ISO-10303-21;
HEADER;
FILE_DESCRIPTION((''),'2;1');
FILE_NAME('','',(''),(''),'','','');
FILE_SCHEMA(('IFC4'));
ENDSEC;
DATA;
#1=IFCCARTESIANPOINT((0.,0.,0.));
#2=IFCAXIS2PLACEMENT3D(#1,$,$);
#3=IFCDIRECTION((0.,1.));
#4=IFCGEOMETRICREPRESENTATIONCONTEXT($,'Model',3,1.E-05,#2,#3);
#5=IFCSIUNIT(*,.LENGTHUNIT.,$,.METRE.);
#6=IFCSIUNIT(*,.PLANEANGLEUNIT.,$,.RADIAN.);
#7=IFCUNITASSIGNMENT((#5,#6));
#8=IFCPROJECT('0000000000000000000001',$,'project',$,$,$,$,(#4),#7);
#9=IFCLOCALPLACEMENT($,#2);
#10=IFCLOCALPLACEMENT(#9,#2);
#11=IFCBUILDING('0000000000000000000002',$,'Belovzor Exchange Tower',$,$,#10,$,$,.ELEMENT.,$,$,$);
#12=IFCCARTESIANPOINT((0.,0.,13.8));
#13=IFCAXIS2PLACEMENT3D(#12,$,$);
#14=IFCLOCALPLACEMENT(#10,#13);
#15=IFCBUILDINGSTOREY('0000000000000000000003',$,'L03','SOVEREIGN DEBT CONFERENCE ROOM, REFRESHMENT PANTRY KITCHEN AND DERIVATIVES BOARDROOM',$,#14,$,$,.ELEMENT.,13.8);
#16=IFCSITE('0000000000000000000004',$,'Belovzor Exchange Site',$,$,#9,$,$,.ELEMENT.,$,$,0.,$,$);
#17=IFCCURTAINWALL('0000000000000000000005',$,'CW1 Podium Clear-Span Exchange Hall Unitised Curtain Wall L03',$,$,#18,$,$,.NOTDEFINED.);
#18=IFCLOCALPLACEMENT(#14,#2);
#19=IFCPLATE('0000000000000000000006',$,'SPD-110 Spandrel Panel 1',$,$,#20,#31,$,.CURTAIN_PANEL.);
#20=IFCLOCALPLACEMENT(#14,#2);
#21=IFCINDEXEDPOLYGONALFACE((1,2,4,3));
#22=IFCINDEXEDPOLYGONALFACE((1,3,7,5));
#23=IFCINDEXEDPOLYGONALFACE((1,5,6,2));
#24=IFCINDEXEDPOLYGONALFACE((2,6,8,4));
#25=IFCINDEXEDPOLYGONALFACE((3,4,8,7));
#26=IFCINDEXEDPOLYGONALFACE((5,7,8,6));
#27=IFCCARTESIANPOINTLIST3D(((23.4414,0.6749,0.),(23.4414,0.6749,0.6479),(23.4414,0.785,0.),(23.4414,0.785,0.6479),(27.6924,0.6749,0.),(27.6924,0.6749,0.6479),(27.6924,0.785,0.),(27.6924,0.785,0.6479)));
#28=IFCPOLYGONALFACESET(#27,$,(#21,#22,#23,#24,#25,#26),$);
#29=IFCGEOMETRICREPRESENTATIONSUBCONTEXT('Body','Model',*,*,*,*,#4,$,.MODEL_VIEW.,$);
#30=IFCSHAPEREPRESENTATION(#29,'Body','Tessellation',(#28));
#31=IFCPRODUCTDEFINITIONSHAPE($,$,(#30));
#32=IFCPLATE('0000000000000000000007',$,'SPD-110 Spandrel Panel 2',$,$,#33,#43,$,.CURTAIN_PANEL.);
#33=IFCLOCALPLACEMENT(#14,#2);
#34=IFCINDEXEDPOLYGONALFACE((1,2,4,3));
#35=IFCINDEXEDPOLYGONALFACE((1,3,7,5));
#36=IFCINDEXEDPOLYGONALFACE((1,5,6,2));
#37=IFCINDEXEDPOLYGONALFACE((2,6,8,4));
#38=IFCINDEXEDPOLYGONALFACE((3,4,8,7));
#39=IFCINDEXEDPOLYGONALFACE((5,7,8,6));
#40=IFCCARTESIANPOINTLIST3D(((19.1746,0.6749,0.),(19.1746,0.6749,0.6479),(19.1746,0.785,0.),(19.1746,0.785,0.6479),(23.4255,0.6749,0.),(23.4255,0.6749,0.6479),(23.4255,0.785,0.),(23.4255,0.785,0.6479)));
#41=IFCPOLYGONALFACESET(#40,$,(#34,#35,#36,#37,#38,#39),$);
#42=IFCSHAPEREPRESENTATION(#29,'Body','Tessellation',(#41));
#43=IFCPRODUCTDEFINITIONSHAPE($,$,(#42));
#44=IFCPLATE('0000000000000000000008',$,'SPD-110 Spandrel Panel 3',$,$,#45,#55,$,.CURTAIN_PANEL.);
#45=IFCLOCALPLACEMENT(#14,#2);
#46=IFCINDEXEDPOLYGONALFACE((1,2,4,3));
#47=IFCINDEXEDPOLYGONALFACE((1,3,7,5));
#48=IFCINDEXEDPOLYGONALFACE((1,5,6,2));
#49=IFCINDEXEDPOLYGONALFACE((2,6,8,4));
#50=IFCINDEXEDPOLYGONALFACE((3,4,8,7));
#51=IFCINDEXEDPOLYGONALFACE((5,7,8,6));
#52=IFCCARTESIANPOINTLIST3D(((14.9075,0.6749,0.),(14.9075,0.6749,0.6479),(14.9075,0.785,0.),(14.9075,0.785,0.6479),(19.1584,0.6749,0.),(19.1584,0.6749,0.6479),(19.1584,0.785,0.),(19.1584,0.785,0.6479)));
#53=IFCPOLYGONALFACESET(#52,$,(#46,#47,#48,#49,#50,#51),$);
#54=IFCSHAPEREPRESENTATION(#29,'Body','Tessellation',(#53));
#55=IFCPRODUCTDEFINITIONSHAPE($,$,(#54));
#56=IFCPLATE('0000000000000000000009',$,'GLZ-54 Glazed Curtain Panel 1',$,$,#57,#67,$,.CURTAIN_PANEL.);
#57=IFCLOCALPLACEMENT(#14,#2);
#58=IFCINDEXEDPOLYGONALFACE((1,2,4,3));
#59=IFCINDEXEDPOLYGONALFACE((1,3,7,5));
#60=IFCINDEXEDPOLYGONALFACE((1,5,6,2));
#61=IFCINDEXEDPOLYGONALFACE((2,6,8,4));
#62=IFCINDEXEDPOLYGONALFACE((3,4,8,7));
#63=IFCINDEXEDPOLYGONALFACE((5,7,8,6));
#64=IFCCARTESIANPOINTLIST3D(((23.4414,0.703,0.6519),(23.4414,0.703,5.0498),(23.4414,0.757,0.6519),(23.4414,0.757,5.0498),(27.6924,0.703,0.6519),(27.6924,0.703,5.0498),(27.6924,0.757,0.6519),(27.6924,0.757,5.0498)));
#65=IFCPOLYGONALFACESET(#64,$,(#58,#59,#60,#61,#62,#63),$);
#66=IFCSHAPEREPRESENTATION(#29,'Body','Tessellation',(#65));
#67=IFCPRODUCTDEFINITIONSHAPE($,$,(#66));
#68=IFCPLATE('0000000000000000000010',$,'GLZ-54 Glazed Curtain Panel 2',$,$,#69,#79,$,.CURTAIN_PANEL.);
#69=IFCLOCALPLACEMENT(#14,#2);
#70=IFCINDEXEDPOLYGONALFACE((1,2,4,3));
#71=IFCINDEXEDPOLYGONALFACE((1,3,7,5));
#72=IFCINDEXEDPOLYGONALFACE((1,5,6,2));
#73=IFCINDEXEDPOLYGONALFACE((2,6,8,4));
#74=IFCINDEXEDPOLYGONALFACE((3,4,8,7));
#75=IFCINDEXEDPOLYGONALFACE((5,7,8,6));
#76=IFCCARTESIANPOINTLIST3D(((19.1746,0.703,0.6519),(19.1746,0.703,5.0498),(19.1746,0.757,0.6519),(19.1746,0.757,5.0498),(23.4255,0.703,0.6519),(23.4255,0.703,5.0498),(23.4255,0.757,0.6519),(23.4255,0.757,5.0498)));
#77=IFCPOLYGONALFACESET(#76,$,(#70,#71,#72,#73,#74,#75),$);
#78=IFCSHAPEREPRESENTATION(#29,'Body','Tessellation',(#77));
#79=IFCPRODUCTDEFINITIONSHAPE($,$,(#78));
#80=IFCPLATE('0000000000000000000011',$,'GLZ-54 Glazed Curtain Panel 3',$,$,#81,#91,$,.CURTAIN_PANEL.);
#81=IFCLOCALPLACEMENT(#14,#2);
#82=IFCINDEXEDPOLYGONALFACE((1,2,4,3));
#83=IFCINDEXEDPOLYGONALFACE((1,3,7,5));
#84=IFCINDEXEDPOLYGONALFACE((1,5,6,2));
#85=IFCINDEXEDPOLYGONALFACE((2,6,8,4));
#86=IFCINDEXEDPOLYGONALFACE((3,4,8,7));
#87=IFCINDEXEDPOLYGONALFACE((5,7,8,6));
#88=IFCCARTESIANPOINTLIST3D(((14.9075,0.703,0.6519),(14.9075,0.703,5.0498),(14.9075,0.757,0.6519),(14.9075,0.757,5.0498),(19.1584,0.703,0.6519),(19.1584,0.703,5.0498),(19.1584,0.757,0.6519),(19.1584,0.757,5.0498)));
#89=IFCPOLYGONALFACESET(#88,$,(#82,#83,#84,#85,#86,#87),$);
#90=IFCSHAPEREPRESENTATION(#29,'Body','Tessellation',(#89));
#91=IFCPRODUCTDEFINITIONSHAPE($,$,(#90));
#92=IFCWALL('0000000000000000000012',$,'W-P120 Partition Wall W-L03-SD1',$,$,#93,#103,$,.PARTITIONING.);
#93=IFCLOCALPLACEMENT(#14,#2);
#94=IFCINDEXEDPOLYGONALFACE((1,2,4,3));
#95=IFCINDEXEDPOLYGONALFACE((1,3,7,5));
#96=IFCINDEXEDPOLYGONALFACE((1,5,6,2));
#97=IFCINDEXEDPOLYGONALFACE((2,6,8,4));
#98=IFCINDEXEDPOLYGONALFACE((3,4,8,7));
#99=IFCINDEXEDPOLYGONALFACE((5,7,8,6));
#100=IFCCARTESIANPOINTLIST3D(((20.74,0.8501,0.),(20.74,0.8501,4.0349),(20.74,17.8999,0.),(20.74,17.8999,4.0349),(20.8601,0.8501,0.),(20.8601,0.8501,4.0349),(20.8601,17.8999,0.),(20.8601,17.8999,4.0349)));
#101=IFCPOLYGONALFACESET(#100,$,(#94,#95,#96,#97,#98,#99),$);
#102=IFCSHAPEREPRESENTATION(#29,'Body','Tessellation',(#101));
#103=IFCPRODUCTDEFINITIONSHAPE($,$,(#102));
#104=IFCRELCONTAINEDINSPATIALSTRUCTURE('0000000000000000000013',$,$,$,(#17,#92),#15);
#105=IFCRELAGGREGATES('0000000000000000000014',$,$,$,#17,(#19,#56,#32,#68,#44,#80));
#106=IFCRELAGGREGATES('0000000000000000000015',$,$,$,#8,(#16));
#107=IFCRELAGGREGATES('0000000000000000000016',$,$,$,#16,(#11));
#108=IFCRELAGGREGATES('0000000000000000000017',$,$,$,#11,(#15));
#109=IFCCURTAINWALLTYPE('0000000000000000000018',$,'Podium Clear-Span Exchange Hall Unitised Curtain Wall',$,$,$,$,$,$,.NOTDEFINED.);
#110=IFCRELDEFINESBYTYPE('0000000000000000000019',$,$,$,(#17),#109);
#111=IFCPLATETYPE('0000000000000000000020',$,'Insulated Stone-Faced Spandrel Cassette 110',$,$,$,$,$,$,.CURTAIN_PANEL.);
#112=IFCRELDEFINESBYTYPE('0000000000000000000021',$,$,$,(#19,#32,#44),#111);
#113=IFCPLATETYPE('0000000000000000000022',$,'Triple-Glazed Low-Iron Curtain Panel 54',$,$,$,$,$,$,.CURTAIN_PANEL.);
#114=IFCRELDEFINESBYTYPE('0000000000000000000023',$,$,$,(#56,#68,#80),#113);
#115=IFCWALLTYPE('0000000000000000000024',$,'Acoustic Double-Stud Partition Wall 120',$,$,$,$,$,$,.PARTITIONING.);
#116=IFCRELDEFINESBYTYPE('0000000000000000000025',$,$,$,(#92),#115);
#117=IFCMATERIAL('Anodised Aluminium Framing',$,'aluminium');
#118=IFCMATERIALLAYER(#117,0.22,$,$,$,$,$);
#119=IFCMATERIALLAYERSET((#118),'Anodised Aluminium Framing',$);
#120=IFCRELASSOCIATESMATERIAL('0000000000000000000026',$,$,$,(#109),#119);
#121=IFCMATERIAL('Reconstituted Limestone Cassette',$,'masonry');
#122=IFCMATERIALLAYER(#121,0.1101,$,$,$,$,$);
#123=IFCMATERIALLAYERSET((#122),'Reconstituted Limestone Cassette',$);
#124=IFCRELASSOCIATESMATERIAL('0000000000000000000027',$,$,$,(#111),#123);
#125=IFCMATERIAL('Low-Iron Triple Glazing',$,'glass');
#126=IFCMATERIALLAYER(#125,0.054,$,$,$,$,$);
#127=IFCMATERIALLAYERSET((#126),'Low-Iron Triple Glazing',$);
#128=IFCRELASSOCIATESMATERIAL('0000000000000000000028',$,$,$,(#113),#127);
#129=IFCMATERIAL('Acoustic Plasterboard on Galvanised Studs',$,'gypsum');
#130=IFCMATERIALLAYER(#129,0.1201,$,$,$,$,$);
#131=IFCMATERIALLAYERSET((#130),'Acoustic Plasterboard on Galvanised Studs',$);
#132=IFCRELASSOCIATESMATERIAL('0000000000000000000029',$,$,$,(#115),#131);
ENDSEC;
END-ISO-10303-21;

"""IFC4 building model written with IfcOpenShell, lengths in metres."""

from ifc_helpers import new_model, si_unit, direction, frame, frame_2d, origin, origin_2d, place, context, subcontext, project, spatial, rectangle, extrude, material, layer, layer_set, type_object, element, aggregate, save


model = new_model("IFC4")

# Units and contexts
model_context = context("Model", 3, precision=1e-05, world=origin(), true_north=direction((0.0, 1.0)))
body_context = subcontext(model_context, "Body", "Model", "MODEL_VIEW")
ifc_project = project(units=[si_unit("LENGTHUNIT", "METRE"), si_unit("PLANEANGLEUNIT", "RADIAN")], contexts=[model_context])

# Site, building, storey
site_placement = place(None, origin())
site = spatial("IfcSite", under=ifc_project, at=site_placement, Name="Belovzor Exchange Site", CompositionType="ELEMENT", RefElevation=0.0)
building_placement = place(site_placement, origin())
building = spatial("IfcBuilding", under=site, at=building_placement, Name="Belovzor Exchange Tower", CompositionType="ELEMENT")
storey_placement = place(building_placement, frame((0.0, 0.0, 13.8)))
storey = spatial("IfcBuildingStorey", under=building, at=storey_placement, Name="L03", Description="SOVEREIGN DEBT CONFERENCE ROOM, REFRESHMENT PANTRY KITCHEN AND DERIVATIVES BOARDROOM", CompositionType="ELEMENT", Elevation=13.8)

# Curtain wall
ifc_material_1 = material(Name="Anodised Aluminium Framing", Category="aluminium")
ifc_layer_1 = layer(ifc_material_1, 0.22)
ifc_layer_set_1 = layer_set([ifc_layer_1], Name="Anodised Aluminium Framing")
curtain_wall_type = type_object("IfcCurtainWallType", Name="Podium Clear-Span Exchange Hall Unitised Curtain Wall", PredefinedType="NOTDEFINED", material=ifc_layer_set_1)
curtain_wall_placement = place(storey_placement, origin())
curtain_wall = element("IfcCurtainWall", 1, at=curtain_wall_placement, inside=storey, type_object=curtain_wall_type, Name="CW1 Podium Clear-Span Exchange Hall Unitised Curtain Wall L03", PredefinedType="NOTDEFINED")

# Plates
ifc_material_2 = material(Name="Reconstituted Limestone Cassette", Category="masonry")
ifc_layer_2 = layer(ifc_material_2, 0.1101)
ifc_layer_set_2 = layer_set([ifc_layer_2], Name="Reconstituted Limestone Cassette")
plate_type_1 = type_object("IfcPlateType", Name="Insulated Stone-Faced Spandrel Cassette 110", PredefinedType="CURTAIN_PANEL", material=ifc_layer_set_2)
plate_1_placement = place(storey_placement, frame((25.5669, 0.73, 0.0), z_axis=(0.0, 0.0, 1.0), x_axis=(-1.0, 0.0, 0.0)))
plate_1 = element("IfcPlate", 2, at=plate_1_placement, type_object=plate_type_1, Name="SPD-110 Spandrel Panel 1", PredefinedType="CURTAIN_PANEL", context=body_context, shape_type="SweptSolid", body=[
    extrude(rectangle(XDim=4.251, YDim=0.1101, at=origin_2d()), origin(), (0.0, 0.0, 1.0), 0.6479),
])
plate_2_placement = place(storey_placement, frame((21.3, 0.73, 0.0), z_axis=(0.0, 0.0, 1.0), x_axis=(-1.0, 0.0, 0.0)))
plate_2 = element("IfcPlate", 3, at=plate_2_placement, type_object=plate_type_1, Name="SPD-110 Spandrel Panel 2", PredefinedType="CURTAIN_PANEL", context=body_context, shape_type="SweptSolid", body=[
    extrude(rectangle(XDim=4.251, YDim=0.1101, at=origin_2d()), origin(), (0.0, 0.0, 1.0), 0.6479),
])
plate_3_placement = place(storey_placement, frame((17.033, 0.73, 0.0), z_axis=(0.0, 0.0, 1.0), x_axis=(-1.0, 0.0, 0.0)))
plate_3 = element("IfcPlate", 4, at=plate_3_placement, type_object=plate_type_1, Name="SPD-110 Spandrel Panel 3", PredefinedType="CURTAIN_PANEL", context=body_context, shape_type="SweptSolid", body=[
    extrude(rectangle(XDim=4.251, YDim=0.1101, at=origin_2d()), origin(), (0.0, 0.0, 1.0), 0.6479),
])
ifc_material_3 = material(Name="Low-Iron Triple Glazing", Category="glass")
ifc_layer_3 = layer(ifc_material_3, 0.054)
ifc_layer_set_3 = layer_set([ifc_layer_3], Name="Low-Iron Triple Glazing")
plate_type_2 = type_object("IfcPlateType", Name="Triple-Glazed Low-Iron Curtain Panel 54", PredefinedType="CURTAIN_PANEL", material=ifc_layer_set_3)
plate_4_placement = place(storey_placement, frame((25.5669, 0.73, 0.6519), z_axis=(0.0, 0.0, 1.0), x_axis=(-1.0, 0.0, 0.0)))
plate_4 = element("IfcPlate", 5, at=plate_4_placement, type_object=plate_type_2, Name="GLZ-54 Glazed Curtain Panel 1", PredefinedType="CURTAIN_PANEL", context=body_context, shape_type="SweptSolid", body=[
    extrude(rectangle(XDim=4.251, YDim=0.054, at=origin_2d()), origin(), (0.0, 0.0, 1.0), 4.3979),
])
plate_5_placement = place(storey_placement, frame((21.3, 0.73, 0.6519), z_axis=(0.0, 0.0, 1.0), x_axis=(-1.0, 0.0, 0.0)))
plate_5 = element("IfcPlate", 6, at=plate_5_placement, type_object=plate_type_2, Name="GLZ-54 Glazed Curtain Panel 2", PredefinedType="CURTAIN_PANEL", context=body_context, shape_type="SweptSolid", body=[
    extrude(rectangle(XDim=4.251, YDim=0.054, at=origin_2d()), origin(), (0.0, 0.0, 1.0), 4.3979),
])
plate_6_placement = place(storey_placement, frame((17.033, 0.73, 0.6519), z_axis=(0.0, 0.0, 1.0), x_axis=(-1.0, 0.0, 0.0)))
plate_6 = element("IfcPlate", 7, at=plate_6_placement, type_object=plate_type_2, Name="GLZ-54 Glazed Curtain Panel 3", PredefinedType="CURTAIN_PANEL", context=body_context, shape_type="SweptSolid", body=[
    extrude(rectangle(XDim=4.251, YDim=0.054, at=origin_2d()), origin(), (0.0, 0.0, 1.0), 4.3979),
])
aggregate(curtain_wall, [plate_1, plate_4, plate_2, plate_5, plate_3, plate_6])

# Wall
ifc_material_4 = material(Name="Acoustic Plasterboard on Galvanised Studs", Category="gypsum")
ifc_layer_4 = layer(ifc_material_4, 0.1201)
ifc_layer_set_4 = layer_set([ifc_layer_4], Name="Acoustic Plasterboard on Galvanised Studs")
wall_type_1 = type_object("IfcWallType", Name="Acoustic Double-Stud Partition Wall 120", PredefinedType="PARTITIONING", material=ifc_layer_set_4)
wall_1_placement = place(storey_placement, frame((20.8, 0.8501, 0.0), z_axis=(0.0, 0.0, 1.0), x_axis=(0.0, 1.0, 0.0)))
element("IfcWall", 8, at=wall_1_placement, inside=storey, type_object=wall_type_1, Name="W-P120 Partition Wall W-L03-SD1", PredefinedType="PARTITIONING", context=body_context, shape_type="SweptSolid", body=[
    extrude(rectangle(XDim=17.0498, YDim=0.1201, at=frame_2d((8.5249, 0.0))), origin(), (0.0, 0.0, 1.0), 4.0349),
])

save(model, "model.ifc")
